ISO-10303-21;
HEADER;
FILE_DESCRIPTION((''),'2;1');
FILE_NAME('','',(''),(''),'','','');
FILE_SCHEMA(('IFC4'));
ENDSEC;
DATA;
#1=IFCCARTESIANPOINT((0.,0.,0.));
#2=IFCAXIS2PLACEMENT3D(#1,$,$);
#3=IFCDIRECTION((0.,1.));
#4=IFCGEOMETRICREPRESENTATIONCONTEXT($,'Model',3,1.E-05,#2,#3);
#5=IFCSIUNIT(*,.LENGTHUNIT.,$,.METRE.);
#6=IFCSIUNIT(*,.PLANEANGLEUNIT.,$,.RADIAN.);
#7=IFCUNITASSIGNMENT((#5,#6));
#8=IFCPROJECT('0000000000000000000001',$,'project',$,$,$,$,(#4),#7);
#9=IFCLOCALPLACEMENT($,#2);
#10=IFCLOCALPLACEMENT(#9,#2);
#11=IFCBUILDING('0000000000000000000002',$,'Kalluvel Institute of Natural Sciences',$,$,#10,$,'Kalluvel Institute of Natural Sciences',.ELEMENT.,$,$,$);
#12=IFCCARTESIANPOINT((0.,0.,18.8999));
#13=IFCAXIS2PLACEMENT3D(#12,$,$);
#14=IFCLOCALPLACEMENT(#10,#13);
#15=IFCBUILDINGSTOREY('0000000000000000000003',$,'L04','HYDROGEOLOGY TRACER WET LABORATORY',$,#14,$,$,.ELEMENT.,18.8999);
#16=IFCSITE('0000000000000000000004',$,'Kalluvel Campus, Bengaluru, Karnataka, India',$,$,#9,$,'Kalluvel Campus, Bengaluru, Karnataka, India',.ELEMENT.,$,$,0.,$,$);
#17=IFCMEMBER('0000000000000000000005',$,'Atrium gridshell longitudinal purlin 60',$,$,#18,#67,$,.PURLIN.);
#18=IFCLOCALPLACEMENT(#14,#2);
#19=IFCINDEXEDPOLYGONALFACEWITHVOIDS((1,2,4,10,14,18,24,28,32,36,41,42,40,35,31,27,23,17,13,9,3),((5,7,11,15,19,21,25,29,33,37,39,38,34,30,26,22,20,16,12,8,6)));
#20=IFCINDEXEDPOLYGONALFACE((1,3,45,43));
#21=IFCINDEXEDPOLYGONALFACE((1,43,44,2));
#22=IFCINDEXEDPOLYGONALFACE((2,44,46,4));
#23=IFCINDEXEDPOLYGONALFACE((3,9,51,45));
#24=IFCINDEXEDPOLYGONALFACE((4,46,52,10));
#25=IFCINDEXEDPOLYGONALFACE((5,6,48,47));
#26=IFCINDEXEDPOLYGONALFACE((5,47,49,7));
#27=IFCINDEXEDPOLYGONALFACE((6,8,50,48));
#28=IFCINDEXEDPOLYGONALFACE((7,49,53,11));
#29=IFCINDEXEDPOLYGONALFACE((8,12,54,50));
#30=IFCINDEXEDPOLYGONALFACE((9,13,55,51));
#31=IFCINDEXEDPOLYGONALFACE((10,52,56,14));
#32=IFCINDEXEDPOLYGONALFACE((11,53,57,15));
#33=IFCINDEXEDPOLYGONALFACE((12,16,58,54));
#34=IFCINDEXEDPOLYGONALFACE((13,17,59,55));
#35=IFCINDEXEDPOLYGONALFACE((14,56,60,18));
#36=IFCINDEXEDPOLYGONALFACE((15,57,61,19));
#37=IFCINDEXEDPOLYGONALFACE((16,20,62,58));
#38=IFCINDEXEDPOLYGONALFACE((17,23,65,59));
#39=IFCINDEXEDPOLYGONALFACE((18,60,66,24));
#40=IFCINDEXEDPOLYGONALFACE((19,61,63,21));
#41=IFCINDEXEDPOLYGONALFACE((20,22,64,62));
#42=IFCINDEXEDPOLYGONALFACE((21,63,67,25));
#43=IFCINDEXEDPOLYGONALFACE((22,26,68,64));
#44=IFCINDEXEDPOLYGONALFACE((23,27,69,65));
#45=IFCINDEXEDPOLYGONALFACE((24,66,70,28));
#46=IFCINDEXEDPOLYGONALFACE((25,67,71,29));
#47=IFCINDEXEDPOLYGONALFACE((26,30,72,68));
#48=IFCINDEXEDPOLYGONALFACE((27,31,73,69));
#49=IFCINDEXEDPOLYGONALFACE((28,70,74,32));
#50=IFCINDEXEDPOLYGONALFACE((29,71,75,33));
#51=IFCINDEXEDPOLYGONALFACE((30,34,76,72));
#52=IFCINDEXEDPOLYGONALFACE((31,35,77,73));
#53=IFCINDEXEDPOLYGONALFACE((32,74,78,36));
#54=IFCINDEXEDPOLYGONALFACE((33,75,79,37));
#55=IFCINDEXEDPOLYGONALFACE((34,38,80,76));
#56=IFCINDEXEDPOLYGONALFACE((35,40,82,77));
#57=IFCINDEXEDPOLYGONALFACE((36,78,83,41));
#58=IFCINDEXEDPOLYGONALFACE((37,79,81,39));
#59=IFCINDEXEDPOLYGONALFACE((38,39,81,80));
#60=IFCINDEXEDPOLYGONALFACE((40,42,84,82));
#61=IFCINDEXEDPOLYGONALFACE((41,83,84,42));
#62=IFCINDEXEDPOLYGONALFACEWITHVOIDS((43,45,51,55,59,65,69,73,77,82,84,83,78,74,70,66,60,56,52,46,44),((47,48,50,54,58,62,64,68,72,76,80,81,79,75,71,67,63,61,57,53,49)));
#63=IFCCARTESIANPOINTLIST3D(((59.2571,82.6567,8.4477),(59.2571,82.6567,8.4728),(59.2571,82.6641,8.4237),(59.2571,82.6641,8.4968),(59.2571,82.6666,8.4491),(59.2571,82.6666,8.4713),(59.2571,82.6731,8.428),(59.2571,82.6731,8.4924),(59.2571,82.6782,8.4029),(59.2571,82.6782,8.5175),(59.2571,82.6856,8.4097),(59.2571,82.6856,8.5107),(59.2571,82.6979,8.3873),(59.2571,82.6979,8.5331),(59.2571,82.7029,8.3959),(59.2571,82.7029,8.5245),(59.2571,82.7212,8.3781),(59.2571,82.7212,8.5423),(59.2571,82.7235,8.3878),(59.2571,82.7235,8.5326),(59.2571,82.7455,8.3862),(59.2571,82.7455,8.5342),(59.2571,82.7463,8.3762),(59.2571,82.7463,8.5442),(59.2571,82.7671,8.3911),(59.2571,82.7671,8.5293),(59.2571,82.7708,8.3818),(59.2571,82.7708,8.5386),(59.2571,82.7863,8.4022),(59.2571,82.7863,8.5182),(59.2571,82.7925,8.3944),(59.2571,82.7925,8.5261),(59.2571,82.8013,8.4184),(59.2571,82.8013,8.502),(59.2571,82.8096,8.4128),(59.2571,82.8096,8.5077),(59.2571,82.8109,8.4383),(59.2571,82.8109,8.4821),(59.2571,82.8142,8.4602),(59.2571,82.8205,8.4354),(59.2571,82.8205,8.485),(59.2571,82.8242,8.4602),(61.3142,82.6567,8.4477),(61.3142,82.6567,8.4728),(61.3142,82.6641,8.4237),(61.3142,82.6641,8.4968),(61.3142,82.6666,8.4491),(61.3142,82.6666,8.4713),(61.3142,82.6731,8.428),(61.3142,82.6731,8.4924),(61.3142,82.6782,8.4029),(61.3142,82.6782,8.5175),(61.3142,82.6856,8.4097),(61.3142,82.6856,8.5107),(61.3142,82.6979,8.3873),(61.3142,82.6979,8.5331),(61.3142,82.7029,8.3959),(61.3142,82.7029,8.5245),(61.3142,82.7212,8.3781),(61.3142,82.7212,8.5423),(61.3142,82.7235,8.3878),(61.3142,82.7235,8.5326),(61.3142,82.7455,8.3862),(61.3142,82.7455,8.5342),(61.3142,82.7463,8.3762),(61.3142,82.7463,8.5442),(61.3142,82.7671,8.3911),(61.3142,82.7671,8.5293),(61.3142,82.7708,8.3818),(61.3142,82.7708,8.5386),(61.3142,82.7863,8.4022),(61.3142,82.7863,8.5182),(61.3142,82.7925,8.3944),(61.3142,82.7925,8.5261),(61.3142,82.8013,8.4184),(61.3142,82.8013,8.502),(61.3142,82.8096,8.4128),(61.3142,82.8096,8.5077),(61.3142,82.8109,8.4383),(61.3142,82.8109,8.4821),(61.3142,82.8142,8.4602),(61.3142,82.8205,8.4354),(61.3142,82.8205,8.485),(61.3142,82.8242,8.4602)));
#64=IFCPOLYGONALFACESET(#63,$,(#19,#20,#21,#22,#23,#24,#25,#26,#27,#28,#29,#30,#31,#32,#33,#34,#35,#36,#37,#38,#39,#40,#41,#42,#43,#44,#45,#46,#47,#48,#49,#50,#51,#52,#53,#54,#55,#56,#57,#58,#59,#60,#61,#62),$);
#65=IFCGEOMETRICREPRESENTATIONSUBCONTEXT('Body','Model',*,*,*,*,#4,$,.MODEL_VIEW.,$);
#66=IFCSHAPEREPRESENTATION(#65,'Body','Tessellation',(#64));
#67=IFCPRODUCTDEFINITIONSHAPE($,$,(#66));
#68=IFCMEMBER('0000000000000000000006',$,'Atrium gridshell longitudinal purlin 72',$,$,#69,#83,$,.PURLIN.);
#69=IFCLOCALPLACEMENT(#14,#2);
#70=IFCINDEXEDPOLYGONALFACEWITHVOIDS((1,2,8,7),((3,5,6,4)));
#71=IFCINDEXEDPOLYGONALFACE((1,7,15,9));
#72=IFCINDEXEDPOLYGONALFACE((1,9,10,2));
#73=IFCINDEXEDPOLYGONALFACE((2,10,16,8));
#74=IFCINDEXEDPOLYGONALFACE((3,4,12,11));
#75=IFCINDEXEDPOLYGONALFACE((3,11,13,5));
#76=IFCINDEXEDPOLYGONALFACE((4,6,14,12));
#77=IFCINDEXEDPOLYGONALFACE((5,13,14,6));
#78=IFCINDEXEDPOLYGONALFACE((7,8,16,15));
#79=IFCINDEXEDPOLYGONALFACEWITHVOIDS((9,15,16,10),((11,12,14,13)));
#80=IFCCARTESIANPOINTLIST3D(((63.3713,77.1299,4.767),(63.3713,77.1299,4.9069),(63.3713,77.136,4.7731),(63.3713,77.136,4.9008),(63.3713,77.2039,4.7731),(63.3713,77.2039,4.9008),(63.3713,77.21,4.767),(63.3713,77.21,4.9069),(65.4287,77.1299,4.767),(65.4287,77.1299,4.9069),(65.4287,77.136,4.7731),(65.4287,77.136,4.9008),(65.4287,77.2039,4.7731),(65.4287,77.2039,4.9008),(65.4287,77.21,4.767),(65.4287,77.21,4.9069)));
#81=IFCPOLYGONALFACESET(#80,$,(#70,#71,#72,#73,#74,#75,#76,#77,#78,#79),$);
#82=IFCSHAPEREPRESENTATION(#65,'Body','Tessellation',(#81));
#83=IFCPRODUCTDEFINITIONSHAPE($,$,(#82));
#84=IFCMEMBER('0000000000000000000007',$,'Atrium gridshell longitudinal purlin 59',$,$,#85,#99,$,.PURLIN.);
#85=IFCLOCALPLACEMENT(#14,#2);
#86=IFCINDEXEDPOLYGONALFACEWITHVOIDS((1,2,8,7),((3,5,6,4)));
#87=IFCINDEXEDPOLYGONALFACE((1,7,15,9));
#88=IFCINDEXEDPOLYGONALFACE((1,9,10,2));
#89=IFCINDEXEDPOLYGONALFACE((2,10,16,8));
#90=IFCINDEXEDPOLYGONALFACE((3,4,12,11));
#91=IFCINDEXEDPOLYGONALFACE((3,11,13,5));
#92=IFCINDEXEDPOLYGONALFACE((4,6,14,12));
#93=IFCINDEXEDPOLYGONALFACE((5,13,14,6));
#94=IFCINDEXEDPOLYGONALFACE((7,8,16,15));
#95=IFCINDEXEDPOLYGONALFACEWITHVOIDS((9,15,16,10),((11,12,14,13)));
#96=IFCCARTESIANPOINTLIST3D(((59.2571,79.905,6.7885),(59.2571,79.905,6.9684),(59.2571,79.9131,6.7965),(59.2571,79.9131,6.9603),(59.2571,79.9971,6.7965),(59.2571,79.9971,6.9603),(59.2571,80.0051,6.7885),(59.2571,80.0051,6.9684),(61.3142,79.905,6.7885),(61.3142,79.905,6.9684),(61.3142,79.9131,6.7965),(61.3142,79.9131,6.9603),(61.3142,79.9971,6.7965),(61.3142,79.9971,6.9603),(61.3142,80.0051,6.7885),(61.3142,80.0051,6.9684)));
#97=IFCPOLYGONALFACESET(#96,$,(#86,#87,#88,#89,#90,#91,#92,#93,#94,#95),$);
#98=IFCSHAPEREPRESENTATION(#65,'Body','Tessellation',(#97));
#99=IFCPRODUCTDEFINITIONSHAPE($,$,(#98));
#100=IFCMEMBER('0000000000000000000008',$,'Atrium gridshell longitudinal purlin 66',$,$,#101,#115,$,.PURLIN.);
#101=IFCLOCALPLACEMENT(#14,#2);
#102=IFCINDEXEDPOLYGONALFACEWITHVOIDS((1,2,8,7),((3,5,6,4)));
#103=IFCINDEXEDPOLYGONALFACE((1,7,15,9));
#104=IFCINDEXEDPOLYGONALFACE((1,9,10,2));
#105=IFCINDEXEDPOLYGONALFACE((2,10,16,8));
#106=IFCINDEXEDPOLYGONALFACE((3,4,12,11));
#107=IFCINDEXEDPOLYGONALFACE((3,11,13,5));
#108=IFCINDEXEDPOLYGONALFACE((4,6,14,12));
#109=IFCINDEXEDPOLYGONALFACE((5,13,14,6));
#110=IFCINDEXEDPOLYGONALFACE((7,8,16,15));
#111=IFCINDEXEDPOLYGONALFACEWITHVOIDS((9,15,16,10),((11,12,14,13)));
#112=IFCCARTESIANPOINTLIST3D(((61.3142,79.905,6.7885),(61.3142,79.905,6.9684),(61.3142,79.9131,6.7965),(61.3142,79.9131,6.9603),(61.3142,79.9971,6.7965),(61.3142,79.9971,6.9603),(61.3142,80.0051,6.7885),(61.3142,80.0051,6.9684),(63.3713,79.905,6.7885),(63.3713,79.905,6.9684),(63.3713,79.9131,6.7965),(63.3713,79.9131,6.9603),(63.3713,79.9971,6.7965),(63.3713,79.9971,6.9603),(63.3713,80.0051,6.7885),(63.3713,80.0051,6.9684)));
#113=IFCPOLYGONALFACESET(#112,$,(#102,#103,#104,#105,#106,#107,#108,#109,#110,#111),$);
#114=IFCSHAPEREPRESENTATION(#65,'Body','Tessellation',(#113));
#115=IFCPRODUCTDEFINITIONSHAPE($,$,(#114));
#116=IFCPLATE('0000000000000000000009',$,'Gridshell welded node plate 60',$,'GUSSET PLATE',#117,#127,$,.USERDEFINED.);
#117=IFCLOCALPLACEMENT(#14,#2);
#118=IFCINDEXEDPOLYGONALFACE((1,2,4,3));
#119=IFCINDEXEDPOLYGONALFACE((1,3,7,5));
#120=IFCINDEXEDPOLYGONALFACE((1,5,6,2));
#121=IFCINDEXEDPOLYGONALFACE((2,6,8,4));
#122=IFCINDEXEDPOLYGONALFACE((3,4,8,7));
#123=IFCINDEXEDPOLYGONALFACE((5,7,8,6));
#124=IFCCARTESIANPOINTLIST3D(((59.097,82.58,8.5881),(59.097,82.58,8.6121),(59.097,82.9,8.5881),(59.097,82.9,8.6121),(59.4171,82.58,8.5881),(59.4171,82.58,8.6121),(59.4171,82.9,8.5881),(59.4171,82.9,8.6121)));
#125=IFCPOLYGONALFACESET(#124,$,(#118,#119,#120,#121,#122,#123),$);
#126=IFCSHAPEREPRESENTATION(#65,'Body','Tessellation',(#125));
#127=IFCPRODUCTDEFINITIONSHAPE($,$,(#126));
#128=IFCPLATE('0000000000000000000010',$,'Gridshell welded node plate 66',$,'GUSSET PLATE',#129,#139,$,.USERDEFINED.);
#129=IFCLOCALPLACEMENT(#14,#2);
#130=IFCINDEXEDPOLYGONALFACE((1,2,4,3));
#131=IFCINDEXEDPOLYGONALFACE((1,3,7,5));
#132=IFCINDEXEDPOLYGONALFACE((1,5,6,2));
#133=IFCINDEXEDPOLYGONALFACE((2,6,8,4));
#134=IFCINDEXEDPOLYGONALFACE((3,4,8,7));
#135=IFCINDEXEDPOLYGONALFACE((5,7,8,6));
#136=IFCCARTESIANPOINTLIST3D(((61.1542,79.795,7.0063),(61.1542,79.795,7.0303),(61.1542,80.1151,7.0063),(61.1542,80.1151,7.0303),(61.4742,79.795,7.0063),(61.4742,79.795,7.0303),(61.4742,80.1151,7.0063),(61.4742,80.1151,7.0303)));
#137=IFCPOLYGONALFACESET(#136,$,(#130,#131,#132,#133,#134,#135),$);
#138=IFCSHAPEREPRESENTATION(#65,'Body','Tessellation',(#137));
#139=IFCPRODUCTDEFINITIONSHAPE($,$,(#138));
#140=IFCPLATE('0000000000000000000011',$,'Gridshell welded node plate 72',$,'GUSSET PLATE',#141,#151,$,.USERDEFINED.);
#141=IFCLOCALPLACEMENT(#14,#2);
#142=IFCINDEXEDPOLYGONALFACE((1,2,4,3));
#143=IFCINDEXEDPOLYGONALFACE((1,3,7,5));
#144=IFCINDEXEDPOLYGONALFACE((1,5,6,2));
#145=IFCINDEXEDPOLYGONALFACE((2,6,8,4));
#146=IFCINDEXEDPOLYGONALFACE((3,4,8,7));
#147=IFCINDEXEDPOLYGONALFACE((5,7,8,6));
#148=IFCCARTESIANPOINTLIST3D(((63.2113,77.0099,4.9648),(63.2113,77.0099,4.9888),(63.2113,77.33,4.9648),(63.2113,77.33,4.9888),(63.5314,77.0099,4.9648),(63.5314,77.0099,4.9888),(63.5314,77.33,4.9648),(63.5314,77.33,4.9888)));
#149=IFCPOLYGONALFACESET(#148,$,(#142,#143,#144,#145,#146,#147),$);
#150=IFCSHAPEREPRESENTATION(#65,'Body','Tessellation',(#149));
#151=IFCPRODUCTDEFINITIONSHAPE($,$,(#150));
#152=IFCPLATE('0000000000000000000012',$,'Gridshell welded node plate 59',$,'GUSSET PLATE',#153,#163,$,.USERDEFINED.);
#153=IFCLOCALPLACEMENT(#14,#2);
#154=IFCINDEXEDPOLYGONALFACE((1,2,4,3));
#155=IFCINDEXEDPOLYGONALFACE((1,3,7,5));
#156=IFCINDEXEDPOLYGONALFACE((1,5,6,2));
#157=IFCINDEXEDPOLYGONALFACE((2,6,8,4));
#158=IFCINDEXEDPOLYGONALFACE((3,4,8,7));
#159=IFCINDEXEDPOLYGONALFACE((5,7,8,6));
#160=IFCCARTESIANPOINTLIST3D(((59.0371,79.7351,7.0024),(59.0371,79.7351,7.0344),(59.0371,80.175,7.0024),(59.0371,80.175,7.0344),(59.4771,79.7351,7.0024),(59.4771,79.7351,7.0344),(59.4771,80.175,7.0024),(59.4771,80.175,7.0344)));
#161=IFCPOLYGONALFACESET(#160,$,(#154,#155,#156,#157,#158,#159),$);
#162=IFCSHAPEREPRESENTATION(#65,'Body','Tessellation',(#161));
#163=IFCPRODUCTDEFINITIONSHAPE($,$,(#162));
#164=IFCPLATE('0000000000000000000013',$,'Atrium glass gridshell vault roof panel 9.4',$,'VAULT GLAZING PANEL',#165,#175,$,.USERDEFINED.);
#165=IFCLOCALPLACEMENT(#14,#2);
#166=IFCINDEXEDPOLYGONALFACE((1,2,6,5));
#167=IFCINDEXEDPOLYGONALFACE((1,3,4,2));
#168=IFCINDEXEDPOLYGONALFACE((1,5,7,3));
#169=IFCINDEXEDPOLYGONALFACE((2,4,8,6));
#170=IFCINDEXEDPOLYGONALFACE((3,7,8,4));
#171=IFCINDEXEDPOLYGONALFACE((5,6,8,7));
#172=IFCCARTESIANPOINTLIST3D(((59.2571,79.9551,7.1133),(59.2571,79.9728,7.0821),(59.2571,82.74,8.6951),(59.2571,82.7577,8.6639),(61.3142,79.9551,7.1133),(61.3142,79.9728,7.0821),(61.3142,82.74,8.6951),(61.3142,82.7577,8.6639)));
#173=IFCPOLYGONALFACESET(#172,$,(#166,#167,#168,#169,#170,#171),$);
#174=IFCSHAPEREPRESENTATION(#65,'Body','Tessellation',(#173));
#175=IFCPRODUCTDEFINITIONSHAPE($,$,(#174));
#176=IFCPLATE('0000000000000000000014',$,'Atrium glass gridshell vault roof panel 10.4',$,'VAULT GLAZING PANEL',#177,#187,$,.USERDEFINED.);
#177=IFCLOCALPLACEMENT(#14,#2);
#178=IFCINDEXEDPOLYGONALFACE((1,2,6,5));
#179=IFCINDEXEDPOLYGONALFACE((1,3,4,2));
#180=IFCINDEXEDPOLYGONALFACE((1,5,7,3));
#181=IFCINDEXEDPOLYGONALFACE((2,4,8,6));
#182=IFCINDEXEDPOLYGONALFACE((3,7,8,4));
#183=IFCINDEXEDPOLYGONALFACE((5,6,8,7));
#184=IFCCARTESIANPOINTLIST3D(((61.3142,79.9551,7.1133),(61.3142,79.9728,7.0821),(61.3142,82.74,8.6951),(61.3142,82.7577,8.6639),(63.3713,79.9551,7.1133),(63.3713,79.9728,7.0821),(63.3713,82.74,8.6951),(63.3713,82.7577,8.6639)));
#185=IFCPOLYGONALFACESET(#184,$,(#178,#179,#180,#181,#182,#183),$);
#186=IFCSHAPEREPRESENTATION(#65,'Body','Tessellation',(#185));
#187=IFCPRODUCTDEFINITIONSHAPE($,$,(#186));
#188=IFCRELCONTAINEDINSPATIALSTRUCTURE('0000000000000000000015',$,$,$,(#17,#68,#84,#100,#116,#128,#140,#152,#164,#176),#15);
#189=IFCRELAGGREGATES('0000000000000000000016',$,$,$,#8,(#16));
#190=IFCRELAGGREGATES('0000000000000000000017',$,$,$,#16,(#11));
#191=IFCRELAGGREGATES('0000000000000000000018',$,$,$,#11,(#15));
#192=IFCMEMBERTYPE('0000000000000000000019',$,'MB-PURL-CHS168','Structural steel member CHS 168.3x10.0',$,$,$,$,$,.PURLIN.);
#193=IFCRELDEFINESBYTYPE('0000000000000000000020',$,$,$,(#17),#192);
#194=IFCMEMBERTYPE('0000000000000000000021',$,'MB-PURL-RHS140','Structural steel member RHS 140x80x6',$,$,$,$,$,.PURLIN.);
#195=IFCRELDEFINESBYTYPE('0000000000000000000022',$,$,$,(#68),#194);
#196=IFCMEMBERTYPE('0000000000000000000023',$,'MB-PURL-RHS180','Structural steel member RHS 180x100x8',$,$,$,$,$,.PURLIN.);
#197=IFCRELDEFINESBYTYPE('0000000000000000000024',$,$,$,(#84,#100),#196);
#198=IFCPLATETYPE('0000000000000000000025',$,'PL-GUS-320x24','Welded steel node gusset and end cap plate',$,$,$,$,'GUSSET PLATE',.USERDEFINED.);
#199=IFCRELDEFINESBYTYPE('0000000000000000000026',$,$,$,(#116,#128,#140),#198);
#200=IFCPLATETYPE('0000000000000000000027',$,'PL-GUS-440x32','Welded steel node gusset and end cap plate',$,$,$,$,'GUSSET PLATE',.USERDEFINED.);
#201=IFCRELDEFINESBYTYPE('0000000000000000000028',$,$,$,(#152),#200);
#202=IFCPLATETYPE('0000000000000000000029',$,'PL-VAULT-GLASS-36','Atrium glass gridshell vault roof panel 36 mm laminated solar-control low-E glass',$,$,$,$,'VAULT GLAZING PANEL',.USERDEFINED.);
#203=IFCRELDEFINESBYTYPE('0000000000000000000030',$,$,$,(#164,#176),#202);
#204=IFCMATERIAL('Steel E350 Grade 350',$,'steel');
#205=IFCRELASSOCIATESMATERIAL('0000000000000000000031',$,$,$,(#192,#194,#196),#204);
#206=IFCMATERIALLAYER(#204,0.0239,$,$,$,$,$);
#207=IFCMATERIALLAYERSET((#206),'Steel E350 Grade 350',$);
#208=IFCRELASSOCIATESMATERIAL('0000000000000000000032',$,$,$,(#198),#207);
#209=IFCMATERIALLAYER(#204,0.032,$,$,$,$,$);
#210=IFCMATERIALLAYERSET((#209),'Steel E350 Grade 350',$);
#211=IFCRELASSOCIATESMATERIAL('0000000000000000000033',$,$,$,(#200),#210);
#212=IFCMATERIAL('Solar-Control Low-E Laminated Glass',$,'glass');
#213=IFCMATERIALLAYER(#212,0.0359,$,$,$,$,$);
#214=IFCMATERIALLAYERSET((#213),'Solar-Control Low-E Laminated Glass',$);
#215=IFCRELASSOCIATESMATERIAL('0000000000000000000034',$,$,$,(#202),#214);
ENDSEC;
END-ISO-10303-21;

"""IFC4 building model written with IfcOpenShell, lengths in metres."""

from ifc_helpers import new_model, si_unit, direction, frame, origin, origin_2d, place, context, subcontext, project, spatial, polyline, rectangle, hollow_rectangle, hollow_circle, outline, extrude, material, layer, layer_set, material_profile, profile_set, type_object, element, save


model = new_model("IFC4")

# Units and contexts
model_context = context("Model", 3, precision=1e-05, world=origin(), true_north=direction((0.0, 1.0)))
body_context = subcontext(model_context, "Body", "Model", "MODEL_VIEW")
ifc_project = project(units=[si_unit("LENGTHUNIT", "METRE"), si_unit("PLANEANGLEUNIT", "RADIAN")], contexts=[model_context])

# Site, building, storey
site_placement = place(None, origin())
site = spatial("IfcSite", under=ifc_project, at=site_placement, Name="Kalluvel Campus, Bengaluru, Karnataka, India", LongName="Kalluvel Campus, Bengaluru, Karnataka, India", CompositionType="ELEMENT", RefElevation=0.0)
building_placement = place(site_placement, origin())
building = spatial("IfcBuilding", under=site, at=building_placement, Name="Kalluvel Institute of Natural Sciences", LongName="Kalluvel Institute of Natural Sciences", CompositionType="ELEMENT")
storey_placement = place(building_placement, frame((0.0, 0.0, 18.8999)))
storey = spatial("IfcBuildingStorey", under=building, at=storey_placement, Name="L04", Description="HYDROGEOLOGY TRACER WET LABORATORY", CompositionType="ELEMENT", Elevation=18.8999)

# Members
ifc_material_1 = material(Name="Steel E350 Grade 350", Category="steel")
ifc_material_profile_1 = material_profile(ifc_material_1, hollow_circle(Radius=0.0842, WallThickness=0.01, at=origin_2d()), Name="CHS 168.3x10.0")
ifc_profile_set_1 = profile_set([ifc_material_profile_1], Name="Steel E350 Grade 350")
member_type_1 = type_object("IfcMemberType", Name="MB-PURL-CHS168", Description="Structural steel member CHS 168.3x10.0", PredefinedType="PURLIN", material=ifc_profile_set_1)
member_1_placement = place(storey_placement, frame((59.2571, 82.74, 8.4602), z_axis=(1.0, 0.0, 0.0), x_axis=(0.0, 1.0, 0.0)))
element("IfcMember", 1, at=member_1_placement, inside=storey, type_object=member_type_1, Name="Atrium gridshell longitudinal purlin 60", PredefinedType="PURLIN", context=body_context, shape_type="SweptSolid", body=[
    extrude(hollow_circle(Radius=0.0842, WallThickness=0.01, at=origin_2d()), origin(), (0.0, 0.0, 1.0), 2.0571),
])
ifc_material_profile_2 = material_profile(ifc_material_1, hollow_rectangle(XDim=0.0801, YDim=0.1399, WallThickness=0.0061, at=origin_2d()), Name="RHS 140x80x6")
ifc_profile_set_2 = profile_set([ifc_material_profile_2], Name="Steel E350 Grade 350")
member_type_2 = type_object("IfcMemberType", Name="MB-PURL-RHS140", Description="Structural steel member RHS 140x80x6", PredefinedType="PURLIN", material=ifc_profile_set_2)
member_2_placement = place(storey_placement, frame((63.3713, 77.1699, 4.8369), z_axis=(1.0, 0.0, 0.0), x_axis=(0.0, 1.0, 0.0)))
element("IfcMember", 2, at=member_2_placement, inside=storey, type_object=member_type_2, Name="Atrium gridshell longitudinal purlin 72", PredefinedType="PURLIN", context=body_context, shape_type="SweptSolid", body=[
    extrude(hollow_rectangle(XDim=0.0801, YDim=0.1399, WallThickness=0.0061, at=origin_2d()), origin(), (0.0, 0.0, 1.0), 2.0574),
])
ifc_material_profile_3 = material_profile(ifc_material_1, hollow_rectangle(XDim=0.1001, YDim=0.1799, WallThickness=0.0081, at=origin_2d()), Name="RHS 180x100x8")
ifc_profile_set_3 = profile_set([ifc_material_profile_3], Name="Steel E350 Grade 350")
member_type_3 = type_object("IfcMemberType", Name="MB-PURL-RHS180", Description="Structural steel member RHS 180x100x8", PredefinedType="PURLIN", material=ifc_profile_set_3)
for number, where, z_axis, x_axis, name in (
    (3, (59.2571, 79.9551, 6.8784), (1.0, 0.0, 0.0), (0.0, 1.0, 0.0), "Atrium gridshell longitudinal purlin 59"),
    (4, (61.3142, 79.9551, 6.8784), (1.0, 0.0, 0.0), (0.0, 1.0, 0.0), "Atrium gridshell longitudinal purlin 66"),
):
    element("IfcMember", number, at=place(storey_placement, frame(where, z_axis=z_axis, x_axis=x_axis)), inside=storey, type_object=member_type_3, Name=name, PredefinedType="PURLIN", context=body_context, shape_type="SweptSolid", body=[
        extrude(hollow_rectangle(XDim=0.1001, YDim=0.1799, WallThickness=0.0081, at=origin_2d()), origin(), (0.0, 0.0, 1.0), 2.0571),
    ])

# Plates
ifc_layer_1 = layer(ifc_material_1, 0.0239)
ifc_layer_set_1 = layer_set([ifc_layer_1], Name="Steel E350 Grade 350")
plate_type_1 = type_object("IfcPlateType", Name="PL-GUS-320x24", Description="Welded steel node gusset and end cap plate", ElementType="GUSSET PLATE", PredefinedType="USERDEFINED", material=ifc_layer_set_1)
for number, where, z_axis, x_axis, name in (
    (5, (59.2571, 82.74, 8.5881), (0.0, 0.0, 1.0), (1.0, 0.0, 0.0), "Gridshell welded node plate 60"),
    (6, (61.3142, 79.9551, 7.0063), (0.0, 0.0, 1.0), (1.0, 0.0, 0.0), "Gridshell welded node plate 66"),
    (7, (63.3713, 77.1699, 4.9648), (0.0, 0.0, 1.0), (1.0, 0.0, 0.0), "Gridshell welded node plate 72"),
):
    element("IfcPlate", number, at=place(storey_placement, frame(where, z_axis=z_axis, x_axis=x_axis)), inside=storey, type_object=plate_type_1, Name=name, ObjectType="GUSSET PLATE", PredefinedType="USERDEFINED", context=body_context, shape_type="SweptSolid", body=[
        extrude(rectangle(XDim=0.3201, YDim=0.3201, at=origin_2d()), origin(), (0.0, 0.0, 1.0), 0.0239),
    ])
ifc_layer_2 = layer(ifc_material_1, 0.032)
ifc_layer_set_2 = layer_set([ifc_layer_2], Name="Steel E350 Grade 350")
plate_type_2 = type_object("IfcPlateType", Name="PL-GUS-440x32", Description="Welded steel node gusset and end cap plate", ElementType="GUSSET PLATE", PredefinedType="USERDEFINED", material=ifc_layer_set_2)
plate_1_placement = place(storey_placement, frame((59.2571, 79.9551, 7.0024), z_axis=(0.0, 0.0, 1.0), x_axis=(1.0, 0.0, 0.0)))
element("IfcPlate", 8, at=plate_1_placement, inside=storey, type_object=plate_type_2, Name="Gridshell welded node plate 59", ObjectType="GUSSET PLATE", PredefinedType="USERDEFINED", context=body_context, shape_type="SweptSolid", body=[
    extrude(rectangle(XDim=0.4399, YDim=0.4399, at=origin_2d()), origin(), (0.0, 0.0, 1.0), 0.032),
])
ifc_material_2 = material(Name="Solar-Control Low-E Laminated Glass", Category="glass")
ifc_layer_3 = layer(ifc_material_2, 0.0359)
ifc_layer_set_3 = layer_set([ifc_layer_3], Name="Solar-Control Low-E Laminated Glass")
plate_type_3 = type_object("IfcPlateType", Name="PL-VAULT-GLASS-36", Description="Atrium glass gridshell vault roof panel 36 mm laminated solar-control low-E glass", ElementType="VAULT GLAZING PANEL", PredefinedType="USERDEFINED", material=ifc_layer_set_3)
for number, where, z_axis, x_axis, name in (
    (9, (59.2571, 79.9551, 7.1133), (0.0, -0.49388, 0.86953), (1.0, 0.0, 0.0), "Atrium glass gridshell vault roof panel 9.4"),
    (10, (61.3142, 79.9551, 7.1133), (0.0, -0.49388, 0.86953), (1.0, 0.0, 0.0), "Atrium glass gridshell vault roof panel 10.4"),
):
    element("IfcPlate", number, at=place(storey_placement, frame(where, z_axis=z_axis, x_axis=x_axis)), inside=storey, type_object=plate_type_3, Name=name, ObjectType="VAULT GLAZING PANEL", PredefinedType="USERDEFINED", context=body_context, shape_type="SweptSolid", body=[
        extrude(outline(polyline([(0.0, 0.0), (2.0571, 0.0), (2.0571, 3.2028), (0.0, 3.2028), (0.0, 0.0)])), origin(), (0.0, 0.0, -1.0), 0.0359),
    ])

save(model, "model.ifc")
